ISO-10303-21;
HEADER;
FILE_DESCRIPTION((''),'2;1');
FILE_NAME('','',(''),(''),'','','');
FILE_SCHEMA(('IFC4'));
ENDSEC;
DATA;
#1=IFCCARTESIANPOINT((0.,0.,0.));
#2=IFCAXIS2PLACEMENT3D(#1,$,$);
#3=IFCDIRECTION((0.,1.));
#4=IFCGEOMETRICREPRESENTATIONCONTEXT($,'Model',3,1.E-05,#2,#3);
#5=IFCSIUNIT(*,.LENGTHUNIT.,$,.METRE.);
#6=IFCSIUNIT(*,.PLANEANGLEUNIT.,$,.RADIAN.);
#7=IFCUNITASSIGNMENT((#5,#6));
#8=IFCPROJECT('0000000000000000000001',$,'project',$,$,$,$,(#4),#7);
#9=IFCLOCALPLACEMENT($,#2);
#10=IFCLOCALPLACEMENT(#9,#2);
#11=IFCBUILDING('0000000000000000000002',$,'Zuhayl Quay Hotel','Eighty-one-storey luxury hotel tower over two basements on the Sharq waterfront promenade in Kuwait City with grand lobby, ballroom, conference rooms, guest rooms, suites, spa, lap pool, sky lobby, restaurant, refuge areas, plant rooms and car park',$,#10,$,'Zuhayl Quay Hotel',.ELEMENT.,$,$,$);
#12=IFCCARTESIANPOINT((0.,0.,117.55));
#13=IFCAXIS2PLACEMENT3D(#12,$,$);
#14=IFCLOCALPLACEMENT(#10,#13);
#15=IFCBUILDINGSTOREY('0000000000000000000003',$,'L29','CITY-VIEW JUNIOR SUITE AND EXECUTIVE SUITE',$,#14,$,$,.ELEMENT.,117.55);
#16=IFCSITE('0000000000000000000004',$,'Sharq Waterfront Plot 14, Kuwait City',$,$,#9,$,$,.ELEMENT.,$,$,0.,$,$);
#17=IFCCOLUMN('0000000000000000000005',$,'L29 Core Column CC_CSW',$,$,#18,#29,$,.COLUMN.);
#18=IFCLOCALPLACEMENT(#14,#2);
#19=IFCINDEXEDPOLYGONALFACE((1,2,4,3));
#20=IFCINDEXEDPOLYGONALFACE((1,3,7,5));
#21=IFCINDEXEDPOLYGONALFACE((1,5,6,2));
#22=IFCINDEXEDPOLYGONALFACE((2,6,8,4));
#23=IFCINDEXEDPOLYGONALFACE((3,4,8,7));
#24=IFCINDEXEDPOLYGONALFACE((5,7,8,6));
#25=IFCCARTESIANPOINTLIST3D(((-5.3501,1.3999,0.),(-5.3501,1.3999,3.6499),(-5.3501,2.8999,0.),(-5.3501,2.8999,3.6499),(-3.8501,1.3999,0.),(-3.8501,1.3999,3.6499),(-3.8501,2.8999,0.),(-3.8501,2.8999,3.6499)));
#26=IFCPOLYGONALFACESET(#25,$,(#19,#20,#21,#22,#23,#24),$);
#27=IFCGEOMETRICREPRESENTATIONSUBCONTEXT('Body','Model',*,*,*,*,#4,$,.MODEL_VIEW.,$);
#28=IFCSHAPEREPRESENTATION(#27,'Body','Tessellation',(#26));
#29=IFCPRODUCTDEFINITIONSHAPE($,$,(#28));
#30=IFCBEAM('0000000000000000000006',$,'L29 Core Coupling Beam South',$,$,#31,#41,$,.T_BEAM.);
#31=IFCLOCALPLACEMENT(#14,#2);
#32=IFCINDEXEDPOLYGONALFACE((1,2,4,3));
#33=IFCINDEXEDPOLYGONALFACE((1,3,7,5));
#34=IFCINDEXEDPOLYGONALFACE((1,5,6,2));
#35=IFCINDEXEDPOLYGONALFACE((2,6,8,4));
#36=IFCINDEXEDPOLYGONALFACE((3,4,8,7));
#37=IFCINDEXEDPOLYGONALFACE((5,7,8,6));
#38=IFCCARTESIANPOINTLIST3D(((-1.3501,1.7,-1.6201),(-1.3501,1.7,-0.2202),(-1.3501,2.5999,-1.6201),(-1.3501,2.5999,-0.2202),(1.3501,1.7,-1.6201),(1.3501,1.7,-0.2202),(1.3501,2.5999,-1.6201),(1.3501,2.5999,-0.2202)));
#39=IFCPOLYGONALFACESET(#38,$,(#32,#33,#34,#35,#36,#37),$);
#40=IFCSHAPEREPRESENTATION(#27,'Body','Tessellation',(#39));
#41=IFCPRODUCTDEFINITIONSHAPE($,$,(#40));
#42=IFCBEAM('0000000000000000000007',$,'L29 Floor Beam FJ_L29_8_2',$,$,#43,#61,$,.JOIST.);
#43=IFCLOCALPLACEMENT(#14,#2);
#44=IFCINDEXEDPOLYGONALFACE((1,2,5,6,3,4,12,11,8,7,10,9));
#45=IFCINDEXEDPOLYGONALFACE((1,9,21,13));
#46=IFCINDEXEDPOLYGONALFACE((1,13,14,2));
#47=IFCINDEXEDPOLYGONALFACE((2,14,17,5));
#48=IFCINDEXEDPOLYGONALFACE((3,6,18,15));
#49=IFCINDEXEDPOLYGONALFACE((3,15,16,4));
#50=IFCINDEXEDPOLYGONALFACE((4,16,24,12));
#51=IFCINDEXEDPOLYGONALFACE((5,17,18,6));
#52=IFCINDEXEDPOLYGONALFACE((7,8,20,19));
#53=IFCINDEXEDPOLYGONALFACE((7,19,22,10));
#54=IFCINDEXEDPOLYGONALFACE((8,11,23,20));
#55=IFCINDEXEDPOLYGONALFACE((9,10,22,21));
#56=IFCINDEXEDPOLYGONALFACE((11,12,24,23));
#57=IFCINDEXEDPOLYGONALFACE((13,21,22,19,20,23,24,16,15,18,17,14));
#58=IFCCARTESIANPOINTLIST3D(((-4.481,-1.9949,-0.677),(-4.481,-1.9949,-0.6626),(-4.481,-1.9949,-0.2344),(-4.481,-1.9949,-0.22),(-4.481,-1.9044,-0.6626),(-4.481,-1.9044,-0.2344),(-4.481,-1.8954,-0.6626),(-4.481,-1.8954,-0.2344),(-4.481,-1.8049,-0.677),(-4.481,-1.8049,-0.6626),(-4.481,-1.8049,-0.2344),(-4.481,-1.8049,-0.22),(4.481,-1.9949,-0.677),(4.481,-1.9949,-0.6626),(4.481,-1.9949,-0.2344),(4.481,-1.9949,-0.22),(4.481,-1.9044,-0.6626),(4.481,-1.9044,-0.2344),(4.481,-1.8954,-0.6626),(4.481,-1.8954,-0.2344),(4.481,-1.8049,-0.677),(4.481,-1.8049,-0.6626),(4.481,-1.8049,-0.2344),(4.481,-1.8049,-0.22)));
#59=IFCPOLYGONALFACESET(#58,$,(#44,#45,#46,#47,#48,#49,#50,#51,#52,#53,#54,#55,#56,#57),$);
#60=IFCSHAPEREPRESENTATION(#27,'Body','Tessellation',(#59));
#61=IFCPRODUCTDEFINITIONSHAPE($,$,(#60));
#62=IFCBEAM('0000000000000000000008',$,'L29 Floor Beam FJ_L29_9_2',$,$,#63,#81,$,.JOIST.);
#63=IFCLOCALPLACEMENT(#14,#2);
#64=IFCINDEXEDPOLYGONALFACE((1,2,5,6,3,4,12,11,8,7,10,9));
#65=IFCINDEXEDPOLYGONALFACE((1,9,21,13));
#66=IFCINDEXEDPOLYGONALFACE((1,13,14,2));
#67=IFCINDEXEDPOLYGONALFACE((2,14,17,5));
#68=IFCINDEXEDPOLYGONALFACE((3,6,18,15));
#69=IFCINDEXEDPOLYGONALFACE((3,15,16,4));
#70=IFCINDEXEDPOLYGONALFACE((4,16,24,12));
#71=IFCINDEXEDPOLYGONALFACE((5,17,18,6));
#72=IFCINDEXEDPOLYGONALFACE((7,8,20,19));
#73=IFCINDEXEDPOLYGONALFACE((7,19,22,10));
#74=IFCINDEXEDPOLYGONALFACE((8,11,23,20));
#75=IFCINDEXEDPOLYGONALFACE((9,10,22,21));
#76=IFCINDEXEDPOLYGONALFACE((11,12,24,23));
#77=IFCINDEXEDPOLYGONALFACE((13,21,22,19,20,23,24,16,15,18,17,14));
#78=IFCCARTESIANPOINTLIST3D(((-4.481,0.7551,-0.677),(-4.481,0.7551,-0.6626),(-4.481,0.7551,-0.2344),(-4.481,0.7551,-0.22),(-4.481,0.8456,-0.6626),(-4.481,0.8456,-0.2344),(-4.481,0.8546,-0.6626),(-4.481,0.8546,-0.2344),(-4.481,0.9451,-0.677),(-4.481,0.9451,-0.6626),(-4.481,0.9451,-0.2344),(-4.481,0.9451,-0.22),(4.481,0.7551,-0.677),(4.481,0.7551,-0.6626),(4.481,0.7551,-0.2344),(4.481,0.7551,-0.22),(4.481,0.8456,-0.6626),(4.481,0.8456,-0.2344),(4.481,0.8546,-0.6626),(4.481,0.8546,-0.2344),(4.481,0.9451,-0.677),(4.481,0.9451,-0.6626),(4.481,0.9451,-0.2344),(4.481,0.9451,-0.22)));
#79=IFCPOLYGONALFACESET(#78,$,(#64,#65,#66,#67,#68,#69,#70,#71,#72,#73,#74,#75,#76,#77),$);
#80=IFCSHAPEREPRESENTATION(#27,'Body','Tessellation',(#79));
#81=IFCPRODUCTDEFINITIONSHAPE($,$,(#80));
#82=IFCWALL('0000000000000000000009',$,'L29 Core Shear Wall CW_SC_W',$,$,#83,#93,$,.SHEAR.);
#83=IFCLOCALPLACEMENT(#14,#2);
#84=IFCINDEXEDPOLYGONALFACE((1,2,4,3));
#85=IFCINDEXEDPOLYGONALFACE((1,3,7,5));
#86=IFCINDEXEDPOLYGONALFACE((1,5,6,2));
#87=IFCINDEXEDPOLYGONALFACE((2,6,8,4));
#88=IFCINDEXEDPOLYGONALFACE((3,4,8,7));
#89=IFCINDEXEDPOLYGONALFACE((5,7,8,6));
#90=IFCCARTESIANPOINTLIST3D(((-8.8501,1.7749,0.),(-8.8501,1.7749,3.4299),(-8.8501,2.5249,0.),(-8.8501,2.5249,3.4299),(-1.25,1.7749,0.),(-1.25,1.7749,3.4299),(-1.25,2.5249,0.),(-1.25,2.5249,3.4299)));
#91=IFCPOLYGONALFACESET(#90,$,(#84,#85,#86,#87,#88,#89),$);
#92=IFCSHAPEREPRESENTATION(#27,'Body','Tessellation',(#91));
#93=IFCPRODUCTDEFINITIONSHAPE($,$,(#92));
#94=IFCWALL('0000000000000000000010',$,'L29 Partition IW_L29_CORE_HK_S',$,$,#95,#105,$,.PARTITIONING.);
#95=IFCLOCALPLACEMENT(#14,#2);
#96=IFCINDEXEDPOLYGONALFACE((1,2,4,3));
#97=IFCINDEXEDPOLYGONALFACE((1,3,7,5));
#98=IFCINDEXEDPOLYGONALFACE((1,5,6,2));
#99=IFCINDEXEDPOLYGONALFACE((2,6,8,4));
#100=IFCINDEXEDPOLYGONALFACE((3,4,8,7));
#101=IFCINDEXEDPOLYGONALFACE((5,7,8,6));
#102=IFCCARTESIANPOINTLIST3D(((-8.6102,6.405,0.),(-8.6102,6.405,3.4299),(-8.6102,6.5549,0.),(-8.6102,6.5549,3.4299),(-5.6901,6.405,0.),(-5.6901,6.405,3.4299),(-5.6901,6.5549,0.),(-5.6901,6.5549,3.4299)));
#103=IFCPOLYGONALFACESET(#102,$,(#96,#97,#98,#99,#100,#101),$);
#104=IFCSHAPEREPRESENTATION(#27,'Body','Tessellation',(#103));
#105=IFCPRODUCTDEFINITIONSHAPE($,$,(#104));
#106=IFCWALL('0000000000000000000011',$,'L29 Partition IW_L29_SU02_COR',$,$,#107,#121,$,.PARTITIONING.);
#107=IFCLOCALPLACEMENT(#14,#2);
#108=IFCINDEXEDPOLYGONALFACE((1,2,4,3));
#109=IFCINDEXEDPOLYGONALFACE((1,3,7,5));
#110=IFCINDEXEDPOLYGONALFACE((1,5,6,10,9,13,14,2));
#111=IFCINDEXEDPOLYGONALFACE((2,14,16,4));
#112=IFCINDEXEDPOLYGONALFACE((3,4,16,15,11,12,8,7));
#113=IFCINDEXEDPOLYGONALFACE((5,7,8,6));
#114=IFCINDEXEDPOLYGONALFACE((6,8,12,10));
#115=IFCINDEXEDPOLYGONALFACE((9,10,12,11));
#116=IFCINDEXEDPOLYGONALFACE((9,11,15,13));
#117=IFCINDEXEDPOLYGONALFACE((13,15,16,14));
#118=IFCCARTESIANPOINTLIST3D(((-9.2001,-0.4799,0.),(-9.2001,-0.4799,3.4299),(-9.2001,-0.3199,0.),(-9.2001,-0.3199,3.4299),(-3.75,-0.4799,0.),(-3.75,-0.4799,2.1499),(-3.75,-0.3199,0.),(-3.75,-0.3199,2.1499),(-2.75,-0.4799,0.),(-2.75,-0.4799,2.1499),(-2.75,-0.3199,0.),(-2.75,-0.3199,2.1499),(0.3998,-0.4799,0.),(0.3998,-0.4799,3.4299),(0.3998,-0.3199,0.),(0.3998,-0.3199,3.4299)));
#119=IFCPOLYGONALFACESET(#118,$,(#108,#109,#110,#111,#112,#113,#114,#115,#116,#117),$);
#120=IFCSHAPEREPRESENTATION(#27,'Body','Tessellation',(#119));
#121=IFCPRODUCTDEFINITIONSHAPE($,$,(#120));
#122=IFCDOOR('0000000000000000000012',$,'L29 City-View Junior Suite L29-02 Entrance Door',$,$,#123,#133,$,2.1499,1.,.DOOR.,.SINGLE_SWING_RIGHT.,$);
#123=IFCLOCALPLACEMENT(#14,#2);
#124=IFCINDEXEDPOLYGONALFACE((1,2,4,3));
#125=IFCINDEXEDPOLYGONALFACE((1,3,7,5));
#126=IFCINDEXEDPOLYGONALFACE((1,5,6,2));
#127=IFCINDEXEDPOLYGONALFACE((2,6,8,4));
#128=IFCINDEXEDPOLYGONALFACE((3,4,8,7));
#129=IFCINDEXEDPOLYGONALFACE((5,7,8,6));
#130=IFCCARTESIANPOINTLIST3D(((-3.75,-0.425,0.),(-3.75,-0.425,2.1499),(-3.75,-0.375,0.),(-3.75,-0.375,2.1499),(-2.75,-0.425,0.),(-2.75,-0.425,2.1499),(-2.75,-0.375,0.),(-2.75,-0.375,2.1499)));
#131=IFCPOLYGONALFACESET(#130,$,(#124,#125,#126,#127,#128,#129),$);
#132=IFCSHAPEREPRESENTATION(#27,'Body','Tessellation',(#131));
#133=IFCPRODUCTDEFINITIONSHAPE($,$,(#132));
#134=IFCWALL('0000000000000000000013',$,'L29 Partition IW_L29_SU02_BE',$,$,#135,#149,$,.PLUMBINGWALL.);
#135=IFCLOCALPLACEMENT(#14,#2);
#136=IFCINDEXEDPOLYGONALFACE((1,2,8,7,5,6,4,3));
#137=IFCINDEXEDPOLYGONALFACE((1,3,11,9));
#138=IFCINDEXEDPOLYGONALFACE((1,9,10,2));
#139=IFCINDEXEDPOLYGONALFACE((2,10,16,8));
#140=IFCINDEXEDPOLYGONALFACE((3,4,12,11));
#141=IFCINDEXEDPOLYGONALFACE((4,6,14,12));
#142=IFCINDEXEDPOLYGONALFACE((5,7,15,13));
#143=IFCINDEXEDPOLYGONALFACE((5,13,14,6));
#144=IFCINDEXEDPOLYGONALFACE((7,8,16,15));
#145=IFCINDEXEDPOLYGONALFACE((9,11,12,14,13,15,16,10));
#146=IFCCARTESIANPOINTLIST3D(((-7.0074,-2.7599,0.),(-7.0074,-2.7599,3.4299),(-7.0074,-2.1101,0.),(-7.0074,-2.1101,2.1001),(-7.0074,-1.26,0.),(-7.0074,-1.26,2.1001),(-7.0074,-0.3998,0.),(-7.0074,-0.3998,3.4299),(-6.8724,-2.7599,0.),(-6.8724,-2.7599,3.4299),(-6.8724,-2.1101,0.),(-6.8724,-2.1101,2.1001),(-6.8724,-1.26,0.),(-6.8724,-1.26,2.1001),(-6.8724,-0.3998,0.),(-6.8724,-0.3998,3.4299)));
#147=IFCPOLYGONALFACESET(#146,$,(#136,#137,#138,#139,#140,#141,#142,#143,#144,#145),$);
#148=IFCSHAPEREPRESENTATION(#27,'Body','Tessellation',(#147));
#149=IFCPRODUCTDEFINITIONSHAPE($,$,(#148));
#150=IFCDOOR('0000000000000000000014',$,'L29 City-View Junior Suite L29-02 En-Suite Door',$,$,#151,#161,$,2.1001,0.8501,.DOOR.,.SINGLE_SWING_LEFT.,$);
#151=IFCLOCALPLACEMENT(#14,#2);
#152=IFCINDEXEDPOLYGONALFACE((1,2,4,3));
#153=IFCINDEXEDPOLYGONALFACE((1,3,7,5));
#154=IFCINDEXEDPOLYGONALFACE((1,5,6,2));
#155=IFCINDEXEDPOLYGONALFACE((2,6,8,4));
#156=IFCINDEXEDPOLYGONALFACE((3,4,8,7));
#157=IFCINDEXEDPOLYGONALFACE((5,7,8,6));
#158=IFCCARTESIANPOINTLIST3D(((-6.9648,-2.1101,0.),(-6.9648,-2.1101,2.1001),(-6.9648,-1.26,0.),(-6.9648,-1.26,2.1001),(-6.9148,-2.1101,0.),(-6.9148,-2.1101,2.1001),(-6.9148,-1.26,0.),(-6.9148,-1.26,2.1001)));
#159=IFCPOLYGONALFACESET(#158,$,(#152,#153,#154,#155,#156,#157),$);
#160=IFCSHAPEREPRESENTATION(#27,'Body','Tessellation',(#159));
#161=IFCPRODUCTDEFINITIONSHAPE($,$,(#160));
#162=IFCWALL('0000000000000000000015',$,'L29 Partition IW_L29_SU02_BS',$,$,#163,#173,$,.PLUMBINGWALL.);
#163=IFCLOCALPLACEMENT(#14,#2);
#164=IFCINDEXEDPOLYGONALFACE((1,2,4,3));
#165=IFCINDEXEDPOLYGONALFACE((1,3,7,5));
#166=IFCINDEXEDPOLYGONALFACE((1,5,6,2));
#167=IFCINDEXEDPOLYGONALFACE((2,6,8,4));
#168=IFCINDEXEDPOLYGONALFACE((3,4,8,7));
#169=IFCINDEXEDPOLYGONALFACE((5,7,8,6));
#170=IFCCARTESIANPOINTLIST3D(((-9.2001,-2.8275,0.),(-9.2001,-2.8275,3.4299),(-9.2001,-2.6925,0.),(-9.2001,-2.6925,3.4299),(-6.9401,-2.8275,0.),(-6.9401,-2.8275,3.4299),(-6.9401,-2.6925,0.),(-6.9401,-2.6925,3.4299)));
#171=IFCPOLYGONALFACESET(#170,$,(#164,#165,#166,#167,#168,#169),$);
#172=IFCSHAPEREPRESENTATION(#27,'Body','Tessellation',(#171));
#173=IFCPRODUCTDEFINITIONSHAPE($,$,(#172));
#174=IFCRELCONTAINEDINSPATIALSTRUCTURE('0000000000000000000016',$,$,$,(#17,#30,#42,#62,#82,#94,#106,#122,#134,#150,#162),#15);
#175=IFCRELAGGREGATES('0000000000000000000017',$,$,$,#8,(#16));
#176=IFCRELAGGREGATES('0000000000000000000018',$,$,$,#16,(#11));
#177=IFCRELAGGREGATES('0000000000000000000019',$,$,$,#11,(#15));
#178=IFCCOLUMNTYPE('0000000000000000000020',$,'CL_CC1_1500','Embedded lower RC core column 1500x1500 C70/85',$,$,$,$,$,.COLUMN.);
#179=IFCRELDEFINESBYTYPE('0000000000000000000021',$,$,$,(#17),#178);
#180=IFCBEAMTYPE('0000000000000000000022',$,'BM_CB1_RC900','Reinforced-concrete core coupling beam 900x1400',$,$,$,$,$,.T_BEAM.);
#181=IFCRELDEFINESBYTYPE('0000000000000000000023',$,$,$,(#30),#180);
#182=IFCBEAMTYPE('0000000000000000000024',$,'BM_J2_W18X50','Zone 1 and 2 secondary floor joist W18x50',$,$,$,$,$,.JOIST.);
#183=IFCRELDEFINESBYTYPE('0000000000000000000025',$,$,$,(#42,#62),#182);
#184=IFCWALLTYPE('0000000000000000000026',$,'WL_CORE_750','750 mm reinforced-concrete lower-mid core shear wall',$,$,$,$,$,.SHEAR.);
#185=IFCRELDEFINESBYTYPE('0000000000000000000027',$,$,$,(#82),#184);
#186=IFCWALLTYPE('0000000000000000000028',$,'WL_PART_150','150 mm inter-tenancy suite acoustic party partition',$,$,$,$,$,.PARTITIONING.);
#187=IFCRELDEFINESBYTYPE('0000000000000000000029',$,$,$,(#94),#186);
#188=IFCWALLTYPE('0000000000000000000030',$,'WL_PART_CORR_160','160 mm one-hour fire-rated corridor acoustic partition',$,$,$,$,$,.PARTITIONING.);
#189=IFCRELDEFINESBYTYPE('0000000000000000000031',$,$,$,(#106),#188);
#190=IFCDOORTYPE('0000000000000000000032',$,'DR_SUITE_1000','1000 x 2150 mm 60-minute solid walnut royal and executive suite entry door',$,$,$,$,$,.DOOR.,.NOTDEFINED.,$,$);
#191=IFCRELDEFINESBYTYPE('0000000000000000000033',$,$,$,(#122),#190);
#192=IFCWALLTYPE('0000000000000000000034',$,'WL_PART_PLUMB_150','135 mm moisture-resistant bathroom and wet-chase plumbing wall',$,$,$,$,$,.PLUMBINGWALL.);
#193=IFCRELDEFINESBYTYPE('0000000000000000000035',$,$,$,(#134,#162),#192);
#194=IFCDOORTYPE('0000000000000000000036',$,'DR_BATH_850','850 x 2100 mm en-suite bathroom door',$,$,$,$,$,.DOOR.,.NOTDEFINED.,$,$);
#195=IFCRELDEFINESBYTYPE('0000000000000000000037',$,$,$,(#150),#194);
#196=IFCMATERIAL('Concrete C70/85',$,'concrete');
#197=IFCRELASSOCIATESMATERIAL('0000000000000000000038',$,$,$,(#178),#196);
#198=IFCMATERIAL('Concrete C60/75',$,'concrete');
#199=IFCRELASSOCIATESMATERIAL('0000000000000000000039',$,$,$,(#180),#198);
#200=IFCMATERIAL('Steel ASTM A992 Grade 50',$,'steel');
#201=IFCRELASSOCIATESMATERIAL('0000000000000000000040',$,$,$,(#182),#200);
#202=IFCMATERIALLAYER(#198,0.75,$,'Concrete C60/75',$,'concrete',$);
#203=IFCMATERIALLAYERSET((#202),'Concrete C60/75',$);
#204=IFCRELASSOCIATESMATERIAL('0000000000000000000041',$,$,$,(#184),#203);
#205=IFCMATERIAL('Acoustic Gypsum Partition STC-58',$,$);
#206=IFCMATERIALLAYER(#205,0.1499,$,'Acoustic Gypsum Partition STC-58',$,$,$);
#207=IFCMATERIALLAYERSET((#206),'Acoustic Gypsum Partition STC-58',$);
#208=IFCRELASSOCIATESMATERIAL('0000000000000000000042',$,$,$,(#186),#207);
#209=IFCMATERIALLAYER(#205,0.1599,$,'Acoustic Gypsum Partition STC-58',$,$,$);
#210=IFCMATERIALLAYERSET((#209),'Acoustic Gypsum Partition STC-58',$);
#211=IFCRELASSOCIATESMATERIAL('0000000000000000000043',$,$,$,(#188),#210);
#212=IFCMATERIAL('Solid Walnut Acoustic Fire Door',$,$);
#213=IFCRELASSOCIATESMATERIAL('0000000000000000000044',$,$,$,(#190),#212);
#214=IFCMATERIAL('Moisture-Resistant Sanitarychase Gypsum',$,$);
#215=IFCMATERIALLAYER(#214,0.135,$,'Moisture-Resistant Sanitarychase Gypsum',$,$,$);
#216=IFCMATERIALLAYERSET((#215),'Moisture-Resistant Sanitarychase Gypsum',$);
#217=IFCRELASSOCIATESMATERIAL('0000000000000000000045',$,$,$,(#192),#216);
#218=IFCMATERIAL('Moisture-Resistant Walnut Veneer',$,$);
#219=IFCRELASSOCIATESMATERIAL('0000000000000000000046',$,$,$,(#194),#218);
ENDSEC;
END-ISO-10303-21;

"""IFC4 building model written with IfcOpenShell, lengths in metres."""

from ifc_helpers import new_model, si_unit, direction, frame, frame_2d, origin, origin_2d, place, context, subcontext, project, spatial, rectangle, i_section, extrude, material, layer, layer_set, material_profile, profile_set, type_object, element, fill, save


model = new_model("IFC4")

# Units and contexts
model_context = context("Model", 3, precision=1e-05, world=origin(), true_north=direction((0.0, 1.0)))
body_context = subcontext(model_context, "Body", "Model", "MODEL_VIEW")
ifc_project = project(units=[si_unit("LENGTHUNIT", "METRE"), si_unit("PLANEANGLEUNIT", "RADIAN")], contexts=[model_context])

# Site, building, storey
site_placement = place(None, origin())
site = spatial("IfcSite", under=ifc_project, at=site_placement, Name="Sharq Waterfront Plot 14, Kuwait City", CompositionType="ELEMENT", RefElevation=0.0)
building_placement = place(site_placement, origin())
building = spatial("IfcBuilding", under=site, at=building_placement, Name="Zuhayl Quay Hotel", Description="Eighty-one-storey luxury hotel tower over two basements on the Sharq waterfront promenade in Kuwait City with grand lobby, ballroom, conference rooms, guest rooms, suites, spa, lap pool, sky lobby, restaurant, refuge areas, plant rooms and car park", LongName="Zuhayl Quay Hotel", CompositionType="ELEMENT")
storey_placement = place(building_placement, frame((0.0, 0.0, 117.55)))
storey = spatial("IfcBuildingStorey", under=building, at=storey_placement, Name="L29", Description="CITY-VIEW JUNIOR SUITE AND EXECUTIVE SUITE", CompositionType="ELEMENT", Elevation=117.55)

# Column
ifc_material_1 = material(Name="Concrete C70/85", Category="concrete")
ifc_material_profile_1 = material_profile(ifc_material_1, rectangle(XDim=1.5, YDim=1.5, at=origin_2d()), Name="RC1500X1500")
ifc_profile_set_1 = profile_set([ifc_material_profile_1], Name="Concrete C70/85")
column_type = type_object("IfcColumnType", Name="CL_CC1_1500", Description="Embedded lower RC core column 1500x1500 C70/85", PredefinedType="COLUMN", material=ifc_profile_set_1)
column_placement = place(storey_placement, frame((-4.6001, 2.1499, 0.0), z_axis=(0.0, 0.0, 1.0), x_axis=(1.0, 0.0, 0.0)))
element("IfcColumn", 1, at=column_placement, inside=storey, type_object=column_type, Name="L29 Core Column CC_CSW", PredefinedType="COLUMN", context=body_context, shape_type="SweptSolid", body=[
    extrude(rectangle(XDim=1.5, YDim=1.5, at=origin_2d()), origin(), (0.0, 0.0, 1.0), 3.6499),
])

# Beams
ifc_material_2 = material(Name="Concrete C60/75", Category="concrete")
ifc_material_profile_2 = material_profile(ifc_material_2, rectangle(XDim=0.8999, YDim=1.3999, at=origin_2d()), Name="RC900X1400")
ifc_profile_set_2 = profile_set([ifc_material_profile_2], Name="Concrete C60/75")
beam_type_1 = type_object("IfcBeamType", Name="BM_CB1_RC900", Description="Reinforced-concrete core coupling beam 900x1400", PredefinedType="T_BEAM", material=ifc_profile_set_2)
beam_placement = place(storey_placement, frame((-1.3501, 2.1499, -0.9202), z_axis=(1.0, 0.0, 0.0), x_axis=(0.0, 1.0, 0.0)))
element("IfcBeam", 2, at=beam_placement, inside=storey, type_object=beam_type_1, Name="L29 Core Coupling Beam South", PredefinedType="T_BEAM", context=body_context, shape_type="SweptSolid", body=[
    extrude(rectangle(XDim=0.8999, YDim=1.3999, at=origin_2d()), origin(), (0.0, 0.0, 1.0), 2.7002),
])
ifc_material_3 = material(Name="Steel ASTM A992 Grade 50", Category="steel")
ifc_material_profile_3 = material_profile(ifc_material_3, i_section(OverallWidth=0.1899, OverallDepth=0.457, WebThickness=0.009, FlangeThickness=0.0144, at=origin_2d()), Name="W18X50")
ifc_profile_set_3 = profile_set([ifc_material_profile_3], Name="Steel ASTM A992 Grade 50")
beam_type_2 = type_object("IfcBeamType", Name="BM_J2_W18X50", Description="Zone 1 and 2 secondary floor joist W18x50", PredefinedType="JOIST", material=ifc_profile_set_3)
for number, where, z_axis, x_axis, name in (
    (3, (-4.481, -1.8999, -0.4485), (1.0, 0.0, 0.0), (0.0, 1.0, 0.0), "L29 Floor Beam FJ_L29_8_2"),
    (4, (-4.481, 0.8501, -0.4485), (1.0, 0.0, 0.0), (0.0, 1.0, 0.0), "L29 Floor Beam FJ_L29_9_2"),
):
    element("IfcBeam", number, at=place(storey_placement, frame(where, z_axis=z_axis, x_axis=x_axis)), inside=storey, type_object=beam_type_2, Name=name, PredefinedType="JOIST", context=body_context, shape_type="SweptSolid", body=[
        extrude(i_section(OverallWidth=0.1899, OverallDepth=0.457, WebThickness=0.009, FlangeThickness=0.0144, at=origin_2d()), origin(), (0.0, 0.0, 1.0), 8.9619),
    ])

# Walls
ifc_layer_1 = layer(ifc_material_2, 0.75, Name="Concrete C60/75", Category="concrete")
ifc_layer_set_1 = layer_set([ifc_layer_1], Name="Concrete C60/75")
wall_type_1 = type_object("IfcWallType", Name="WL_CORE_750", Description="750 mm reinforced-concrete lower-mid core shear wall", PredefinedType="SHEAR", material=ifc_layer_set_1)
wall_1_placement = place(storey_placement, frame((-8.8501, 2.1499, 0.0), z_axis=(0.0, 0.0, 1.0), x_axis=(1.0, 0.0, 0.0)))
element("IfcWall", 5, at=wall_1_placement, inside=storey, type_object=wall_type_1, Name="L29 Core Shear Wall CW_SC_W", PredefinedType="SHEAR", context=body_context, shape_type="SweptSolid", body=[
    extrude(rectangle(XDim=7.6001, YDim=0.75, at=frame_2d((3.8, 0.0))), origin(), (0.0, 0.0, 1.0), 3.4299),
])
ifc_material_4 = material(Name="Acoustic Gypsum Partition STC-58")
ifc_layer_2 = layer(ifc_material_4, 0.1499, Name="Acoustic Gypsum Partition STC-58")
ifc_layer_set_2 = layer_set([ifc_layer_2], Name="Acoustic Gypsum Partition STC-58")
wall_type_2 = type_object("IfcWallType", Name="WL_PART_150", Description="150 mm inter-tenancy suite acoustic party partition", PredefinedType="PARTITIONING", material=ifc_layer_set_2)
wall_2_placement = place(storey_placement, frame((-8.6101, 6.48, 0.0), z_axis=(0.0, 0.0, 1.0), x_axis=(1.0, 0.0, 0.0)))
element("IfcWall", 6, at=wall_2_placement, inside=storey, type_object=wall_type_2, Name="L29 Partition IW_L29_CORE_HK_S", PredefinedType="PARTITIONING", context=body_context, shape_type="SweptSolid", body=[
    extrude(rectangle(XDim=2.9202, YDim=0.1499, at=frame_2d((1.46, 0.0))), origin(), (0.0, 0.0, 1.0), 3.4299),
])

# Walls, openings, doors
ifc_layer_3 = layer(ifc_material_4, 0.1599, Name="Acoustic Gypsum Partition STC-58")
ifc_layer_set_3 = layer_set([ifc_layer_3], Name="Acoustic Gypsum Partition STC-58")
wall_type_3 = type_object("IfcWallType", Name="WL_PART_CORR_160", Description="160 mm one-hour fire-rated corridor acoustic partition", PredefinedType="PARTITIONING", material=ifc_layer_set_3)
wall_3_placement = place(storey_placement, frame((-9.2, -0.3999, 0.0), z_axis=(0.0, 0.0, 1.0), x_axis=(1.0, 0.0, 0.0)))
wall_3 = element("IfcWall", 7, at=wall_3_placement, inside=storey, type_object=wall_type_3, Name="L29 Partition IW_L29_SU02_COR", PredefinedType="PARTITIONING", context=body_context, shape_type="SweptSolid", body=[
    extrude(rectangle(XDim=9.5999, YDim=0.1599, at=frame_2d((4.7998, 0.0))), origin(), (0.0, 0.0, 1.0), 3.4299),
])
opening_1_placement = place(wall_3_placement, frame((5.45, 0.0, 0.0)))
opening_1 = element("IfcOpeningElement", 8, at=opening_1_placement, cuts=wall_3, PredefinedType="OPENING", context=body_context, shape_type="SweptSolid", body=[
    extrude(rectangle(XDim=1.0, YDim=2.1499, at=frame_2d((0.5, 1.075))), frame((0.0, 0.0898, 0.0), z_axis=(0.0, -1.0, 0.0), x_axis=(1.0, 0.0, 0.0)), (0.0, 0.0, 1.0), 0.1799),
])
ifc_material_5 = material(Name="Solid Walnut Acoustic Fire Door")
door_type_1 = type_object("IfcDoorType", Name="DR_SUITE_1000", Description="1000 x 2150 mm 60-minute solid walnut royal and executive suite entry door", OperationType="NOTDEFINED", PredefinedType="DOOR", material=ifc_material_5)
door_1_placement = place(opening_1_placement, origin())
door_1 = element("IfcDoor", 9, at=door_1_placement, inside=storey, type_object=door_type_1, Name="L29 City-View Junior Suite L29-02 Entrance Door", OperationType="SINGLE_SWING_RIGHT", OverallHeight=2.1499, OverallWidth=1.0, PredefinedType="DOOR", context=body_context, shape_type="SweptSolid", body=[
    extrude(rectangle(XDim=1.0, YDim=2.1499, at=frame_2d((0.5, 1.075))), frame((0.0, 0.0249, 0.0), z_axis=(0.0, -1.0, 0.0), x_axis=(1.0, 0.0, 0.0)), (0.0, 0.0, 1.0), 0.05),
])
fill(opening_1, door_1)
ifc_material_6 = material(Name="Moisture-Resistant Sanitarychase Gypsum")
ifc_layer_4 = layer(ifc_material_6, 0.135, Name="Moisture-Resistant Sanitarychase Gypsum")
ifc_layer_set_4 = layer_set([ifc_layer_4], Name="Moisture-Resistant Sanitarychase Gypsum")
wall_type_4 = type_object("IfcWallType", Name="WL_PART_PLUMB_150", Description="135 mm moisture-resistant bathroom and wet-chase plumbing wall", PredefinedType="PLUMBINGWALL", material=ifc_layer_set_4)
wall_4_placement = place(storey_placement, frame((-6.9399, -2.76, 0.0), z_axis=(0.0, 0.0, 1.0), x_axis=(0.0, 1.0, 0.0)))
wall_4 = element("IfcWall", 10, at=wall_4_placement, inside=storey, type_object=wall_type_4, Name="L29 Partition IW_L29_SU02_BE", PredefinedType="PLUMBINGWALL", context=body_context, shape_type="SweptSolid", body=[
    extrude(rectangle(XDim=2.3601, YDim=0.135, at=frame_2d((1.1802, 0.0))), origin(), (0.0, 0.0, 1.0), 3.4299),
])
opening_2_placement = place(wall_4_placement, frame((0.6499, 0.0, 0.0)))
opening_2 = element("IfcOpeningElement", 11, at=opening_2_placement, cuts=wall_4, PredefinedType="OPENING", context=body_context, shape_type="SweptSolid", body=[
    extrude(rectangle(XDim=0.8501, YDim=2.1001, at=frame_2d((0.425, 1.05))), frame((0.0, 0.0774, 0.0), z_axis=(0.0, -1.0, 0.0), x_axis=(1.0, 0.0, 0.0)), (0.0, 0.0, 1.0), 0.155),
])
ifc_material_7 = material(Name="Moisture-Resistant Walnut Veneer")
door_type_2 = type_object("IfcDoorType", Name="DR_BATH_850", Description="850 x 2100 mm en-suite bathroom door", OperationType="NOTDEFINED", PredefinedType="DOOR", material=ifc_material_7)
door_2_placement = place(opening_2_placement, origin())
door_2 = element("IfcDoor", 12, at=door_2_placement, inside=storey, type_object=door_type_2, Name="L29 City-View Junior Suite L29-02 En-Suite Door", OperationType="SINGLE_SWING_LEFT", OverallHeight=2.1001, OverallWidth=0.8501, PredefinedType="DOOR", context=body_context, shape_type="SweptSolid", body=[
    extrude(rectangle(XDim=0.8501, YDim=2.1001, at=frame_2d((0.425, 1.05))), frame((0.0, 0.0249, 0.0), z_axis=(0.0, -1.0, 0.0), x_axis=(1.0, 0.0, 0.0)), (0.0, 0.0, 1.0), 0.05),
])
fill(opening_2, door_2)

# Wall
wall_5_placement = place(storey_placement, frame((-9.2, -2.76, 0.0), z_axis=(0.0, 0.0, 1.0), x_axis=(1.0, 0.0, 0.0)))
element("IfcWall", 13, at=wall_5_placement, inside=storey, type_object=wall_type_4, Name="L29 Partition IW_L29_SU02_BS", PredefinedType="PLUMBINGWALL", context=body_context, shape_type="SweptSolid", body=[
    extrude(rectangle(XDim=2.26, YDim=0.135, at=frame_2d((1.1299, 0.0))), origin(), (0.0, 0.0, 1.0), 3.4299),
])

save(model, "model.ifc")
